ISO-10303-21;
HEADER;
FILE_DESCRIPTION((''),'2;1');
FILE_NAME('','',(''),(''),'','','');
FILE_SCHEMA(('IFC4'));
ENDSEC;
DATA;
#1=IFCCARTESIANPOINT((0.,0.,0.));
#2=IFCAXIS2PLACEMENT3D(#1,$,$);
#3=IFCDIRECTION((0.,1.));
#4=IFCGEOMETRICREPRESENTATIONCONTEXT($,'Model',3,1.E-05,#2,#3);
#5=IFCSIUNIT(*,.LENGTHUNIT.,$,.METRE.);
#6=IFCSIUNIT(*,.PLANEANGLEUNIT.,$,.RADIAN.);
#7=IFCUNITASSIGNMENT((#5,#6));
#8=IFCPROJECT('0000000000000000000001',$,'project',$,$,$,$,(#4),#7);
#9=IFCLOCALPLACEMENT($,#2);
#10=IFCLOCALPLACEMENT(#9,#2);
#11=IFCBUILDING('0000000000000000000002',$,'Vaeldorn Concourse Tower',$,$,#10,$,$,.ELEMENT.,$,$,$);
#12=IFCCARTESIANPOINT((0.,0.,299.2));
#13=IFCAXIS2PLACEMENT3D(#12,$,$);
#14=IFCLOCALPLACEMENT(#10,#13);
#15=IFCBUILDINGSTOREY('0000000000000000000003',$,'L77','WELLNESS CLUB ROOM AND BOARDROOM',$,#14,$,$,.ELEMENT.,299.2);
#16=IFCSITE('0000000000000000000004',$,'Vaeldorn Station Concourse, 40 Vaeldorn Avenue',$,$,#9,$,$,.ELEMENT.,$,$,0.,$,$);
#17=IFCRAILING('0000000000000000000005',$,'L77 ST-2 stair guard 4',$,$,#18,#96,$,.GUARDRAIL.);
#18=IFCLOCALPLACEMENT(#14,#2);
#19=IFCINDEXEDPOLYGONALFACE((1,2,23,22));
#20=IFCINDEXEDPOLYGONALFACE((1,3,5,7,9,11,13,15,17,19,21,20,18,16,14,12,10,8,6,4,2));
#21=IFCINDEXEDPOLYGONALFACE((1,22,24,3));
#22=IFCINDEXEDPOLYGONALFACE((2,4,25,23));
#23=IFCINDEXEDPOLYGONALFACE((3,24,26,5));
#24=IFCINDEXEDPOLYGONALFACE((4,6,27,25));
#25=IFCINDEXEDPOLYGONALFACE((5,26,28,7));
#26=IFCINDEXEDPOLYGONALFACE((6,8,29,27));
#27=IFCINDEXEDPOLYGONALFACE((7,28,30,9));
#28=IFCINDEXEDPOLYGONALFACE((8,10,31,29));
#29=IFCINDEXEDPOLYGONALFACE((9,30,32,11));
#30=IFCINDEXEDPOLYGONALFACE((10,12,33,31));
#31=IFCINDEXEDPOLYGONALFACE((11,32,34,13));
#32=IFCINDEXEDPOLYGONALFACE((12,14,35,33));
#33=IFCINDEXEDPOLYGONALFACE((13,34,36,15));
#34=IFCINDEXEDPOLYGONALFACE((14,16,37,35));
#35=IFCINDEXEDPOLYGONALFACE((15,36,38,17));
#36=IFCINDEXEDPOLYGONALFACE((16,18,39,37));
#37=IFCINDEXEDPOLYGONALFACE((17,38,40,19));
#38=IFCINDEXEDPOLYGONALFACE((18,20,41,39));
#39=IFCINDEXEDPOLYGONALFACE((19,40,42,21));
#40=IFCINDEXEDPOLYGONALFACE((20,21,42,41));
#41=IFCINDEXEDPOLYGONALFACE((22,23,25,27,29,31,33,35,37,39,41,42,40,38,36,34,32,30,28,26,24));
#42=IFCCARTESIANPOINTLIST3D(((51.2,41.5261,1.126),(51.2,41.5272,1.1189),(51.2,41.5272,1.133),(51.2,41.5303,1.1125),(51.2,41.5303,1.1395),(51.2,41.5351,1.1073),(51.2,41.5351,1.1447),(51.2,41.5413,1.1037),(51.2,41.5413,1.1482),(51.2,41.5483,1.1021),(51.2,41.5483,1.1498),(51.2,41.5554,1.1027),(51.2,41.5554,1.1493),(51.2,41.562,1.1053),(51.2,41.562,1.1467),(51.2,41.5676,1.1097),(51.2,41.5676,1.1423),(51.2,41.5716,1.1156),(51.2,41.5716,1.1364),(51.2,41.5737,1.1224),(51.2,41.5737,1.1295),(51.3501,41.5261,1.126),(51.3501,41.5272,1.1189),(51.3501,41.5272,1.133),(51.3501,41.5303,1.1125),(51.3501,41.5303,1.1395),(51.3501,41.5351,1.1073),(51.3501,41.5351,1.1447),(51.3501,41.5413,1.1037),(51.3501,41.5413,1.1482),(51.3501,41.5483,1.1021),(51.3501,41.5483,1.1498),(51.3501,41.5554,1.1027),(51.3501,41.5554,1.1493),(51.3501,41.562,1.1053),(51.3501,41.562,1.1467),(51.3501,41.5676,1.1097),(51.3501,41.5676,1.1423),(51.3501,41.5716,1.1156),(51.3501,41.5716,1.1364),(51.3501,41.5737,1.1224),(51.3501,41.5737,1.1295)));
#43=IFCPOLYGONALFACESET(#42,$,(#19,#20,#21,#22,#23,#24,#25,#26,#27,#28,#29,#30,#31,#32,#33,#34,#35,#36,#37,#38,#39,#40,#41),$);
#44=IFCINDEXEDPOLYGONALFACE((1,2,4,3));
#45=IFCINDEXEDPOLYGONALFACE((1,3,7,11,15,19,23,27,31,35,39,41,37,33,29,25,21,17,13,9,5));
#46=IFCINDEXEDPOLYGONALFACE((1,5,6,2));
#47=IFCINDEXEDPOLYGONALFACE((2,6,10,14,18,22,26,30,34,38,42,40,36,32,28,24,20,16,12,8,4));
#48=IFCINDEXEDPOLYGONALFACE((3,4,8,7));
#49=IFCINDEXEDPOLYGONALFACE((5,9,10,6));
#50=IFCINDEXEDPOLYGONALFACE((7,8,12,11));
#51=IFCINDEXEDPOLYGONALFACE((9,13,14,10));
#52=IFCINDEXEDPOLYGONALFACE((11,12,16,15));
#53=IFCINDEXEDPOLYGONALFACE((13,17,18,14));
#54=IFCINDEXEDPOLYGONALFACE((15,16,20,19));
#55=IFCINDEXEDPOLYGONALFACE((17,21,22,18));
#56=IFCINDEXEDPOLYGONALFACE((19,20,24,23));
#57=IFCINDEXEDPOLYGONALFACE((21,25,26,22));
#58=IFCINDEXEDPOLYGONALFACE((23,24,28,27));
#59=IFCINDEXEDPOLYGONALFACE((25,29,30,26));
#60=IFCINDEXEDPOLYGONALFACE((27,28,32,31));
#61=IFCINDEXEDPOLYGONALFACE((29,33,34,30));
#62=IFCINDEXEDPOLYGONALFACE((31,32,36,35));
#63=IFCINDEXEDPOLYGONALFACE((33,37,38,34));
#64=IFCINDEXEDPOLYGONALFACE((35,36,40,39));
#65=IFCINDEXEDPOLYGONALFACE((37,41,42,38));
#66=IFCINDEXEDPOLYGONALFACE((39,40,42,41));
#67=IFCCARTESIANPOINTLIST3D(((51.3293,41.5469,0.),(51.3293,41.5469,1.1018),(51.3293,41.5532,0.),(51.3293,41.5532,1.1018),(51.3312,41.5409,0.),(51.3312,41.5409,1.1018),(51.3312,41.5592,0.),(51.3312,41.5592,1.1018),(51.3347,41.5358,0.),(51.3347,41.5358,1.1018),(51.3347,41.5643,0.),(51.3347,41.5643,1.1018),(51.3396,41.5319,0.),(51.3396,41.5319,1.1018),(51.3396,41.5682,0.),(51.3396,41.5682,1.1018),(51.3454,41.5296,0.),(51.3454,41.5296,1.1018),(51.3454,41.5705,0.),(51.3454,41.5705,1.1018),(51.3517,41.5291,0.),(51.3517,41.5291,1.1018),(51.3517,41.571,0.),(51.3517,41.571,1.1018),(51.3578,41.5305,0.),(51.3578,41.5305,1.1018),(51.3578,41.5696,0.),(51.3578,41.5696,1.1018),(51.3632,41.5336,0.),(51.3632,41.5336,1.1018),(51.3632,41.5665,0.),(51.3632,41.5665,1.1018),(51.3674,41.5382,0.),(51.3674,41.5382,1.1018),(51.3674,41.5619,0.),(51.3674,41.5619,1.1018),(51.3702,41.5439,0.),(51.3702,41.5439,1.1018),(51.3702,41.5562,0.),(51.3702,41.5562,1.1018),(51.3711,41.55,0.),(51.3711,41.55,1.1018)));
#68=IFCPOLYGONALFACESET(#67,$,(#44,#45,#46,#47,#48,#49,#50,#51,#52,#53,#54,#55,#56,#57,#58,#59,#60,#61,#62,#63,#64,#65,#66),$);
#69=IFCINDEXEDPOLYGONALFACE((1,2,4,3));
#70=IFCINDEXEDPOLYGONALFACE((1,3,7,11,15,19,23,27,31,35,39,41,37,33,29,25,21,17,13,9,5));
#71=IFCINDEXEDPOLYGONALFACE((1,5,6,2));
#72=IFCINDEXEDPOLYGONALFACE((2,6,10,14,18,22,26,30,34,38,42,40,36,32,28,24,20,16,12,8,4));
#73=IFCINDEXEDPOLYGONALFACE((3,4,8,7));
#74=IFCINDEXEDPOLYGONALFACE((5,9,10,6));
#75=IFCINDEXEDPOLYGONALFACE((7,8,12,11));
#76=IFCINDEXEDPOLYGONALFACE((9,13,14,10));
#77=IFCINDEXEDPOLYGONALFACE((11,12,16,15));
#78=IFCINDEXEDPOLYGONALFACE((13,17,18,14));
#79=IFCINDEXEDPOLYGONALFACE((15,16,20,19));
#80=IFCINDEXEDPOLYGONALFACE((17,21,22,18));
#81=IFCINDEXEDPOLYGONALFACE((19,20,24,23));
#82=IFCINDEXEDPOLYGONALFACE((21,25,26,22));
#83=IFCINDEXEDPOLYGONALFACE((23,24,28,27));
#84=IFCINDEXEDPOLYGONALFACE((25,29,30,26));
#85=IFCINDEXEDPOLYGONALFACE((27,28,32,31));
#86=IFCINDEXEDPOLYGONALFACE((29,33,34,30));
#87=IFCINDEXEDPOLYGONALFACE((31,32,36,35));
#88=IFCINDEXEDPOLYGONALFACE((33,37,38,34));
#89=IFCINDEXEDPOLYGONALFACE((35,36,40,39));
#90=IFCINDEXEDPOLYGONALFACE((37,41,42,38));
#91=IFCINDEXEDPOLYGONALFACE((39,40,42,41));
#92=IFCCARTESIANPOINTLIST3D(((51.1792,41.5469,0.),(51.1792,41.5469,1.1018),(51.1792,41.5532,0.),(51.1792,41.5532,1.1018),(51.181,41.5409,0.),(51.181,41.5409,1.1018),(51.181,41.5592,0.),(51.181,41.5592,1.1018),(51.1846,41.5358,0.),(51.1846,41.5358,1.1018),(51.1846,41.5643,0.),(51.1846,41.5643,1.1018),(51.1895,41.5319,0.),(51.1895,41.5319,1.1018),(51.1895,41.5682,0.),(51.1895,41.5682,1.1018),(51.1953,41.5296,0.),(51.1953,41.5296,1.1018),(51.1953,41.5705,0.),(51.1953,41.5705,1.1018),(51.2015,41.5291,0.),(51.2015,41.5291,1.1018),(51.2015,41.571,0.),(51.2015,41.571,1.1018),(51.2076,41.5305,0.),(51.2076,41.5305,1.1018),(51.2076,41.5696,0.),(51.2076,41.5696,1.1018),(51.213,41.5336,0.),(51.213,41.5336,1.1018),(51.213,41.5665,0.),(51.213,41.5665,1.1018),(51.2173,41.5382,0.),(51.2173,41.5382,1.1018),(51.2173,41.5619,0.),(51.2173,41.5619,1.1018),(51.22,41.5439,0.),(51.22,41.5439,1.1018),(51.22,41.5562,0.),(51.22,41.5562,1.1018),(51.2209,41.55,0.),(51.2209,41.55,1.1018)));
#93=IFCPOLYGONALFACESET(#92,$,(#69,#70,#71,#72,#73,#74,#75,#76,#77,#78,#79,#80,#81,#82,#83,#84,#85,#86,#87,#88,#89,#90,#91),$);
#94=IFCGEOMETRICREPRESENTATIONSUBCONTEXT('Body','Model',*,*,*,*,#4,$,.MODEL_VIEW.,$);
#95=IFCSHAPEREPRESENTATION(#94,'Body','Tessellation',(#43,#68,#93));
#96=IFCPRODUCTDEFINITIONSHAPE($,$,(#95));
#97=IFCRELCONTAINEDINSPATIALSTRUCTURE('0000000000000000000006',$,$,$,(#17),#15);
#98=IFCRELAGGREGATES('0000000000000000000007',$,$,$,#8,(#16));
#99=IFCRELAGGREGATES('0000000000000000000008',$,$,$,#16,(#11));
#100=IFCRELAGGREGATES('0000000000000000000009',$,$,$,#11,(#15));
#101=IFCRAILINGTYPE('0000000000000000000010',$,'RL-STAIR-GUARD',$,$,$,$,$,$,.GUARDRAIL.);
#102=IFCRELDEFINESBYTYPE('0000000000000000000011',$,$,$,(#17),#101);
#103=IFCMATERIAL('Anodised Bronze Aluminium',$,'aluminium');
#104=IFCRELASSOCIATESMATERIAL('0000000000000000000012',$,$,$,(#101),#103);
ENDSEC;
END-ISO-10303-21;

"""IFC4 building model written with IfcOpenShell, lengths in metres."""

from ifc_helpers import new_model, si_unit, direction, frame, origin, origin_2d, place, context, subcontext, project, spatial, circle, extrude, material, type_object, element, save


model = new_model("IFC4")

# Units and contexts
model_context = context("Model", 3, precision=1e-05, world=origin(), true_north=direction((0.0, 1.0)))
body_context = subcontext(model_context, "Body", "Model", "MODEL_VIEW")
ifc_project = project(units=[si_unit("LENGTHUNIT", "METRE"), si_unit("PLANEANGLEUNIT", "RADIAN")], contexts=[model_context])

# Site, building, storey
site_placement = place(None, origin())
site = spatial("IfcSite", under=ifc_project, at=site_placement, Name="Vaeldorn Station Concourse, 40 Vaeldorn Avenue", CompositionType="ELEMENT", RefElevation=0.0)
building_placement = place(site_placement, origin())
building = spatial("IfcBuilding", under=site, at=building_placement, Name="Vaeldorn Concourse Tower", CompositionType="ELEMENT")
storey_placement = place(building_placement, frame((0.0, 0.0, 299.2)))
storey = spatial("IfcBuildingStorey", under=building, at=storey_placement, Name="L77", Description="WELLNESS CLUB ROOM AND BOARDROOM", CompositionType="ELEMENT", Elevation=299.2)

# Shared definitions
ifc_material_1 = material(Name="Anodised Bronze Aluminium", Category="aluminium")

# Railing
railing_type_1 = type_object("IfcRailingType", Name="RL-STAIR-GUARD", PredefinedType="GUARDRAIL", material=ifc_material_1)
railing_1_placement = place(storey_placement, frame((51.3501, 41.55, 0.0)))
element("IfcRailing", 1, at=railing_1_placement, inside=storey, type_object=railing_type_1, Name="L77 ST-2 stair guard 4", PredefinedType="GUARDRAIL", context=body_context, shape_type="SweptSolid", body=[
    extrude(circle(Radius=0.0239, at=origin_2d()), frame((0.0, 0.0, 1.126), z_axis=(-1.0, 0.0, 0.0), x_axis=(0.0, -1.0, 0.0)), (0.0, 0.0, 1.0), 0.1501),
    extrude(circle(Radius=0.021, at=origin_2d()), origin(), (0.0, 0.0, 1.0), 1.1018),
    extrude(circle(Radius=0.021, at=origin_2d()), frame((-0.1501, 0.0, 0.0)), (0.0, 0.0, 1.0), 1.1018),
])

save(model, "model.ifc")
